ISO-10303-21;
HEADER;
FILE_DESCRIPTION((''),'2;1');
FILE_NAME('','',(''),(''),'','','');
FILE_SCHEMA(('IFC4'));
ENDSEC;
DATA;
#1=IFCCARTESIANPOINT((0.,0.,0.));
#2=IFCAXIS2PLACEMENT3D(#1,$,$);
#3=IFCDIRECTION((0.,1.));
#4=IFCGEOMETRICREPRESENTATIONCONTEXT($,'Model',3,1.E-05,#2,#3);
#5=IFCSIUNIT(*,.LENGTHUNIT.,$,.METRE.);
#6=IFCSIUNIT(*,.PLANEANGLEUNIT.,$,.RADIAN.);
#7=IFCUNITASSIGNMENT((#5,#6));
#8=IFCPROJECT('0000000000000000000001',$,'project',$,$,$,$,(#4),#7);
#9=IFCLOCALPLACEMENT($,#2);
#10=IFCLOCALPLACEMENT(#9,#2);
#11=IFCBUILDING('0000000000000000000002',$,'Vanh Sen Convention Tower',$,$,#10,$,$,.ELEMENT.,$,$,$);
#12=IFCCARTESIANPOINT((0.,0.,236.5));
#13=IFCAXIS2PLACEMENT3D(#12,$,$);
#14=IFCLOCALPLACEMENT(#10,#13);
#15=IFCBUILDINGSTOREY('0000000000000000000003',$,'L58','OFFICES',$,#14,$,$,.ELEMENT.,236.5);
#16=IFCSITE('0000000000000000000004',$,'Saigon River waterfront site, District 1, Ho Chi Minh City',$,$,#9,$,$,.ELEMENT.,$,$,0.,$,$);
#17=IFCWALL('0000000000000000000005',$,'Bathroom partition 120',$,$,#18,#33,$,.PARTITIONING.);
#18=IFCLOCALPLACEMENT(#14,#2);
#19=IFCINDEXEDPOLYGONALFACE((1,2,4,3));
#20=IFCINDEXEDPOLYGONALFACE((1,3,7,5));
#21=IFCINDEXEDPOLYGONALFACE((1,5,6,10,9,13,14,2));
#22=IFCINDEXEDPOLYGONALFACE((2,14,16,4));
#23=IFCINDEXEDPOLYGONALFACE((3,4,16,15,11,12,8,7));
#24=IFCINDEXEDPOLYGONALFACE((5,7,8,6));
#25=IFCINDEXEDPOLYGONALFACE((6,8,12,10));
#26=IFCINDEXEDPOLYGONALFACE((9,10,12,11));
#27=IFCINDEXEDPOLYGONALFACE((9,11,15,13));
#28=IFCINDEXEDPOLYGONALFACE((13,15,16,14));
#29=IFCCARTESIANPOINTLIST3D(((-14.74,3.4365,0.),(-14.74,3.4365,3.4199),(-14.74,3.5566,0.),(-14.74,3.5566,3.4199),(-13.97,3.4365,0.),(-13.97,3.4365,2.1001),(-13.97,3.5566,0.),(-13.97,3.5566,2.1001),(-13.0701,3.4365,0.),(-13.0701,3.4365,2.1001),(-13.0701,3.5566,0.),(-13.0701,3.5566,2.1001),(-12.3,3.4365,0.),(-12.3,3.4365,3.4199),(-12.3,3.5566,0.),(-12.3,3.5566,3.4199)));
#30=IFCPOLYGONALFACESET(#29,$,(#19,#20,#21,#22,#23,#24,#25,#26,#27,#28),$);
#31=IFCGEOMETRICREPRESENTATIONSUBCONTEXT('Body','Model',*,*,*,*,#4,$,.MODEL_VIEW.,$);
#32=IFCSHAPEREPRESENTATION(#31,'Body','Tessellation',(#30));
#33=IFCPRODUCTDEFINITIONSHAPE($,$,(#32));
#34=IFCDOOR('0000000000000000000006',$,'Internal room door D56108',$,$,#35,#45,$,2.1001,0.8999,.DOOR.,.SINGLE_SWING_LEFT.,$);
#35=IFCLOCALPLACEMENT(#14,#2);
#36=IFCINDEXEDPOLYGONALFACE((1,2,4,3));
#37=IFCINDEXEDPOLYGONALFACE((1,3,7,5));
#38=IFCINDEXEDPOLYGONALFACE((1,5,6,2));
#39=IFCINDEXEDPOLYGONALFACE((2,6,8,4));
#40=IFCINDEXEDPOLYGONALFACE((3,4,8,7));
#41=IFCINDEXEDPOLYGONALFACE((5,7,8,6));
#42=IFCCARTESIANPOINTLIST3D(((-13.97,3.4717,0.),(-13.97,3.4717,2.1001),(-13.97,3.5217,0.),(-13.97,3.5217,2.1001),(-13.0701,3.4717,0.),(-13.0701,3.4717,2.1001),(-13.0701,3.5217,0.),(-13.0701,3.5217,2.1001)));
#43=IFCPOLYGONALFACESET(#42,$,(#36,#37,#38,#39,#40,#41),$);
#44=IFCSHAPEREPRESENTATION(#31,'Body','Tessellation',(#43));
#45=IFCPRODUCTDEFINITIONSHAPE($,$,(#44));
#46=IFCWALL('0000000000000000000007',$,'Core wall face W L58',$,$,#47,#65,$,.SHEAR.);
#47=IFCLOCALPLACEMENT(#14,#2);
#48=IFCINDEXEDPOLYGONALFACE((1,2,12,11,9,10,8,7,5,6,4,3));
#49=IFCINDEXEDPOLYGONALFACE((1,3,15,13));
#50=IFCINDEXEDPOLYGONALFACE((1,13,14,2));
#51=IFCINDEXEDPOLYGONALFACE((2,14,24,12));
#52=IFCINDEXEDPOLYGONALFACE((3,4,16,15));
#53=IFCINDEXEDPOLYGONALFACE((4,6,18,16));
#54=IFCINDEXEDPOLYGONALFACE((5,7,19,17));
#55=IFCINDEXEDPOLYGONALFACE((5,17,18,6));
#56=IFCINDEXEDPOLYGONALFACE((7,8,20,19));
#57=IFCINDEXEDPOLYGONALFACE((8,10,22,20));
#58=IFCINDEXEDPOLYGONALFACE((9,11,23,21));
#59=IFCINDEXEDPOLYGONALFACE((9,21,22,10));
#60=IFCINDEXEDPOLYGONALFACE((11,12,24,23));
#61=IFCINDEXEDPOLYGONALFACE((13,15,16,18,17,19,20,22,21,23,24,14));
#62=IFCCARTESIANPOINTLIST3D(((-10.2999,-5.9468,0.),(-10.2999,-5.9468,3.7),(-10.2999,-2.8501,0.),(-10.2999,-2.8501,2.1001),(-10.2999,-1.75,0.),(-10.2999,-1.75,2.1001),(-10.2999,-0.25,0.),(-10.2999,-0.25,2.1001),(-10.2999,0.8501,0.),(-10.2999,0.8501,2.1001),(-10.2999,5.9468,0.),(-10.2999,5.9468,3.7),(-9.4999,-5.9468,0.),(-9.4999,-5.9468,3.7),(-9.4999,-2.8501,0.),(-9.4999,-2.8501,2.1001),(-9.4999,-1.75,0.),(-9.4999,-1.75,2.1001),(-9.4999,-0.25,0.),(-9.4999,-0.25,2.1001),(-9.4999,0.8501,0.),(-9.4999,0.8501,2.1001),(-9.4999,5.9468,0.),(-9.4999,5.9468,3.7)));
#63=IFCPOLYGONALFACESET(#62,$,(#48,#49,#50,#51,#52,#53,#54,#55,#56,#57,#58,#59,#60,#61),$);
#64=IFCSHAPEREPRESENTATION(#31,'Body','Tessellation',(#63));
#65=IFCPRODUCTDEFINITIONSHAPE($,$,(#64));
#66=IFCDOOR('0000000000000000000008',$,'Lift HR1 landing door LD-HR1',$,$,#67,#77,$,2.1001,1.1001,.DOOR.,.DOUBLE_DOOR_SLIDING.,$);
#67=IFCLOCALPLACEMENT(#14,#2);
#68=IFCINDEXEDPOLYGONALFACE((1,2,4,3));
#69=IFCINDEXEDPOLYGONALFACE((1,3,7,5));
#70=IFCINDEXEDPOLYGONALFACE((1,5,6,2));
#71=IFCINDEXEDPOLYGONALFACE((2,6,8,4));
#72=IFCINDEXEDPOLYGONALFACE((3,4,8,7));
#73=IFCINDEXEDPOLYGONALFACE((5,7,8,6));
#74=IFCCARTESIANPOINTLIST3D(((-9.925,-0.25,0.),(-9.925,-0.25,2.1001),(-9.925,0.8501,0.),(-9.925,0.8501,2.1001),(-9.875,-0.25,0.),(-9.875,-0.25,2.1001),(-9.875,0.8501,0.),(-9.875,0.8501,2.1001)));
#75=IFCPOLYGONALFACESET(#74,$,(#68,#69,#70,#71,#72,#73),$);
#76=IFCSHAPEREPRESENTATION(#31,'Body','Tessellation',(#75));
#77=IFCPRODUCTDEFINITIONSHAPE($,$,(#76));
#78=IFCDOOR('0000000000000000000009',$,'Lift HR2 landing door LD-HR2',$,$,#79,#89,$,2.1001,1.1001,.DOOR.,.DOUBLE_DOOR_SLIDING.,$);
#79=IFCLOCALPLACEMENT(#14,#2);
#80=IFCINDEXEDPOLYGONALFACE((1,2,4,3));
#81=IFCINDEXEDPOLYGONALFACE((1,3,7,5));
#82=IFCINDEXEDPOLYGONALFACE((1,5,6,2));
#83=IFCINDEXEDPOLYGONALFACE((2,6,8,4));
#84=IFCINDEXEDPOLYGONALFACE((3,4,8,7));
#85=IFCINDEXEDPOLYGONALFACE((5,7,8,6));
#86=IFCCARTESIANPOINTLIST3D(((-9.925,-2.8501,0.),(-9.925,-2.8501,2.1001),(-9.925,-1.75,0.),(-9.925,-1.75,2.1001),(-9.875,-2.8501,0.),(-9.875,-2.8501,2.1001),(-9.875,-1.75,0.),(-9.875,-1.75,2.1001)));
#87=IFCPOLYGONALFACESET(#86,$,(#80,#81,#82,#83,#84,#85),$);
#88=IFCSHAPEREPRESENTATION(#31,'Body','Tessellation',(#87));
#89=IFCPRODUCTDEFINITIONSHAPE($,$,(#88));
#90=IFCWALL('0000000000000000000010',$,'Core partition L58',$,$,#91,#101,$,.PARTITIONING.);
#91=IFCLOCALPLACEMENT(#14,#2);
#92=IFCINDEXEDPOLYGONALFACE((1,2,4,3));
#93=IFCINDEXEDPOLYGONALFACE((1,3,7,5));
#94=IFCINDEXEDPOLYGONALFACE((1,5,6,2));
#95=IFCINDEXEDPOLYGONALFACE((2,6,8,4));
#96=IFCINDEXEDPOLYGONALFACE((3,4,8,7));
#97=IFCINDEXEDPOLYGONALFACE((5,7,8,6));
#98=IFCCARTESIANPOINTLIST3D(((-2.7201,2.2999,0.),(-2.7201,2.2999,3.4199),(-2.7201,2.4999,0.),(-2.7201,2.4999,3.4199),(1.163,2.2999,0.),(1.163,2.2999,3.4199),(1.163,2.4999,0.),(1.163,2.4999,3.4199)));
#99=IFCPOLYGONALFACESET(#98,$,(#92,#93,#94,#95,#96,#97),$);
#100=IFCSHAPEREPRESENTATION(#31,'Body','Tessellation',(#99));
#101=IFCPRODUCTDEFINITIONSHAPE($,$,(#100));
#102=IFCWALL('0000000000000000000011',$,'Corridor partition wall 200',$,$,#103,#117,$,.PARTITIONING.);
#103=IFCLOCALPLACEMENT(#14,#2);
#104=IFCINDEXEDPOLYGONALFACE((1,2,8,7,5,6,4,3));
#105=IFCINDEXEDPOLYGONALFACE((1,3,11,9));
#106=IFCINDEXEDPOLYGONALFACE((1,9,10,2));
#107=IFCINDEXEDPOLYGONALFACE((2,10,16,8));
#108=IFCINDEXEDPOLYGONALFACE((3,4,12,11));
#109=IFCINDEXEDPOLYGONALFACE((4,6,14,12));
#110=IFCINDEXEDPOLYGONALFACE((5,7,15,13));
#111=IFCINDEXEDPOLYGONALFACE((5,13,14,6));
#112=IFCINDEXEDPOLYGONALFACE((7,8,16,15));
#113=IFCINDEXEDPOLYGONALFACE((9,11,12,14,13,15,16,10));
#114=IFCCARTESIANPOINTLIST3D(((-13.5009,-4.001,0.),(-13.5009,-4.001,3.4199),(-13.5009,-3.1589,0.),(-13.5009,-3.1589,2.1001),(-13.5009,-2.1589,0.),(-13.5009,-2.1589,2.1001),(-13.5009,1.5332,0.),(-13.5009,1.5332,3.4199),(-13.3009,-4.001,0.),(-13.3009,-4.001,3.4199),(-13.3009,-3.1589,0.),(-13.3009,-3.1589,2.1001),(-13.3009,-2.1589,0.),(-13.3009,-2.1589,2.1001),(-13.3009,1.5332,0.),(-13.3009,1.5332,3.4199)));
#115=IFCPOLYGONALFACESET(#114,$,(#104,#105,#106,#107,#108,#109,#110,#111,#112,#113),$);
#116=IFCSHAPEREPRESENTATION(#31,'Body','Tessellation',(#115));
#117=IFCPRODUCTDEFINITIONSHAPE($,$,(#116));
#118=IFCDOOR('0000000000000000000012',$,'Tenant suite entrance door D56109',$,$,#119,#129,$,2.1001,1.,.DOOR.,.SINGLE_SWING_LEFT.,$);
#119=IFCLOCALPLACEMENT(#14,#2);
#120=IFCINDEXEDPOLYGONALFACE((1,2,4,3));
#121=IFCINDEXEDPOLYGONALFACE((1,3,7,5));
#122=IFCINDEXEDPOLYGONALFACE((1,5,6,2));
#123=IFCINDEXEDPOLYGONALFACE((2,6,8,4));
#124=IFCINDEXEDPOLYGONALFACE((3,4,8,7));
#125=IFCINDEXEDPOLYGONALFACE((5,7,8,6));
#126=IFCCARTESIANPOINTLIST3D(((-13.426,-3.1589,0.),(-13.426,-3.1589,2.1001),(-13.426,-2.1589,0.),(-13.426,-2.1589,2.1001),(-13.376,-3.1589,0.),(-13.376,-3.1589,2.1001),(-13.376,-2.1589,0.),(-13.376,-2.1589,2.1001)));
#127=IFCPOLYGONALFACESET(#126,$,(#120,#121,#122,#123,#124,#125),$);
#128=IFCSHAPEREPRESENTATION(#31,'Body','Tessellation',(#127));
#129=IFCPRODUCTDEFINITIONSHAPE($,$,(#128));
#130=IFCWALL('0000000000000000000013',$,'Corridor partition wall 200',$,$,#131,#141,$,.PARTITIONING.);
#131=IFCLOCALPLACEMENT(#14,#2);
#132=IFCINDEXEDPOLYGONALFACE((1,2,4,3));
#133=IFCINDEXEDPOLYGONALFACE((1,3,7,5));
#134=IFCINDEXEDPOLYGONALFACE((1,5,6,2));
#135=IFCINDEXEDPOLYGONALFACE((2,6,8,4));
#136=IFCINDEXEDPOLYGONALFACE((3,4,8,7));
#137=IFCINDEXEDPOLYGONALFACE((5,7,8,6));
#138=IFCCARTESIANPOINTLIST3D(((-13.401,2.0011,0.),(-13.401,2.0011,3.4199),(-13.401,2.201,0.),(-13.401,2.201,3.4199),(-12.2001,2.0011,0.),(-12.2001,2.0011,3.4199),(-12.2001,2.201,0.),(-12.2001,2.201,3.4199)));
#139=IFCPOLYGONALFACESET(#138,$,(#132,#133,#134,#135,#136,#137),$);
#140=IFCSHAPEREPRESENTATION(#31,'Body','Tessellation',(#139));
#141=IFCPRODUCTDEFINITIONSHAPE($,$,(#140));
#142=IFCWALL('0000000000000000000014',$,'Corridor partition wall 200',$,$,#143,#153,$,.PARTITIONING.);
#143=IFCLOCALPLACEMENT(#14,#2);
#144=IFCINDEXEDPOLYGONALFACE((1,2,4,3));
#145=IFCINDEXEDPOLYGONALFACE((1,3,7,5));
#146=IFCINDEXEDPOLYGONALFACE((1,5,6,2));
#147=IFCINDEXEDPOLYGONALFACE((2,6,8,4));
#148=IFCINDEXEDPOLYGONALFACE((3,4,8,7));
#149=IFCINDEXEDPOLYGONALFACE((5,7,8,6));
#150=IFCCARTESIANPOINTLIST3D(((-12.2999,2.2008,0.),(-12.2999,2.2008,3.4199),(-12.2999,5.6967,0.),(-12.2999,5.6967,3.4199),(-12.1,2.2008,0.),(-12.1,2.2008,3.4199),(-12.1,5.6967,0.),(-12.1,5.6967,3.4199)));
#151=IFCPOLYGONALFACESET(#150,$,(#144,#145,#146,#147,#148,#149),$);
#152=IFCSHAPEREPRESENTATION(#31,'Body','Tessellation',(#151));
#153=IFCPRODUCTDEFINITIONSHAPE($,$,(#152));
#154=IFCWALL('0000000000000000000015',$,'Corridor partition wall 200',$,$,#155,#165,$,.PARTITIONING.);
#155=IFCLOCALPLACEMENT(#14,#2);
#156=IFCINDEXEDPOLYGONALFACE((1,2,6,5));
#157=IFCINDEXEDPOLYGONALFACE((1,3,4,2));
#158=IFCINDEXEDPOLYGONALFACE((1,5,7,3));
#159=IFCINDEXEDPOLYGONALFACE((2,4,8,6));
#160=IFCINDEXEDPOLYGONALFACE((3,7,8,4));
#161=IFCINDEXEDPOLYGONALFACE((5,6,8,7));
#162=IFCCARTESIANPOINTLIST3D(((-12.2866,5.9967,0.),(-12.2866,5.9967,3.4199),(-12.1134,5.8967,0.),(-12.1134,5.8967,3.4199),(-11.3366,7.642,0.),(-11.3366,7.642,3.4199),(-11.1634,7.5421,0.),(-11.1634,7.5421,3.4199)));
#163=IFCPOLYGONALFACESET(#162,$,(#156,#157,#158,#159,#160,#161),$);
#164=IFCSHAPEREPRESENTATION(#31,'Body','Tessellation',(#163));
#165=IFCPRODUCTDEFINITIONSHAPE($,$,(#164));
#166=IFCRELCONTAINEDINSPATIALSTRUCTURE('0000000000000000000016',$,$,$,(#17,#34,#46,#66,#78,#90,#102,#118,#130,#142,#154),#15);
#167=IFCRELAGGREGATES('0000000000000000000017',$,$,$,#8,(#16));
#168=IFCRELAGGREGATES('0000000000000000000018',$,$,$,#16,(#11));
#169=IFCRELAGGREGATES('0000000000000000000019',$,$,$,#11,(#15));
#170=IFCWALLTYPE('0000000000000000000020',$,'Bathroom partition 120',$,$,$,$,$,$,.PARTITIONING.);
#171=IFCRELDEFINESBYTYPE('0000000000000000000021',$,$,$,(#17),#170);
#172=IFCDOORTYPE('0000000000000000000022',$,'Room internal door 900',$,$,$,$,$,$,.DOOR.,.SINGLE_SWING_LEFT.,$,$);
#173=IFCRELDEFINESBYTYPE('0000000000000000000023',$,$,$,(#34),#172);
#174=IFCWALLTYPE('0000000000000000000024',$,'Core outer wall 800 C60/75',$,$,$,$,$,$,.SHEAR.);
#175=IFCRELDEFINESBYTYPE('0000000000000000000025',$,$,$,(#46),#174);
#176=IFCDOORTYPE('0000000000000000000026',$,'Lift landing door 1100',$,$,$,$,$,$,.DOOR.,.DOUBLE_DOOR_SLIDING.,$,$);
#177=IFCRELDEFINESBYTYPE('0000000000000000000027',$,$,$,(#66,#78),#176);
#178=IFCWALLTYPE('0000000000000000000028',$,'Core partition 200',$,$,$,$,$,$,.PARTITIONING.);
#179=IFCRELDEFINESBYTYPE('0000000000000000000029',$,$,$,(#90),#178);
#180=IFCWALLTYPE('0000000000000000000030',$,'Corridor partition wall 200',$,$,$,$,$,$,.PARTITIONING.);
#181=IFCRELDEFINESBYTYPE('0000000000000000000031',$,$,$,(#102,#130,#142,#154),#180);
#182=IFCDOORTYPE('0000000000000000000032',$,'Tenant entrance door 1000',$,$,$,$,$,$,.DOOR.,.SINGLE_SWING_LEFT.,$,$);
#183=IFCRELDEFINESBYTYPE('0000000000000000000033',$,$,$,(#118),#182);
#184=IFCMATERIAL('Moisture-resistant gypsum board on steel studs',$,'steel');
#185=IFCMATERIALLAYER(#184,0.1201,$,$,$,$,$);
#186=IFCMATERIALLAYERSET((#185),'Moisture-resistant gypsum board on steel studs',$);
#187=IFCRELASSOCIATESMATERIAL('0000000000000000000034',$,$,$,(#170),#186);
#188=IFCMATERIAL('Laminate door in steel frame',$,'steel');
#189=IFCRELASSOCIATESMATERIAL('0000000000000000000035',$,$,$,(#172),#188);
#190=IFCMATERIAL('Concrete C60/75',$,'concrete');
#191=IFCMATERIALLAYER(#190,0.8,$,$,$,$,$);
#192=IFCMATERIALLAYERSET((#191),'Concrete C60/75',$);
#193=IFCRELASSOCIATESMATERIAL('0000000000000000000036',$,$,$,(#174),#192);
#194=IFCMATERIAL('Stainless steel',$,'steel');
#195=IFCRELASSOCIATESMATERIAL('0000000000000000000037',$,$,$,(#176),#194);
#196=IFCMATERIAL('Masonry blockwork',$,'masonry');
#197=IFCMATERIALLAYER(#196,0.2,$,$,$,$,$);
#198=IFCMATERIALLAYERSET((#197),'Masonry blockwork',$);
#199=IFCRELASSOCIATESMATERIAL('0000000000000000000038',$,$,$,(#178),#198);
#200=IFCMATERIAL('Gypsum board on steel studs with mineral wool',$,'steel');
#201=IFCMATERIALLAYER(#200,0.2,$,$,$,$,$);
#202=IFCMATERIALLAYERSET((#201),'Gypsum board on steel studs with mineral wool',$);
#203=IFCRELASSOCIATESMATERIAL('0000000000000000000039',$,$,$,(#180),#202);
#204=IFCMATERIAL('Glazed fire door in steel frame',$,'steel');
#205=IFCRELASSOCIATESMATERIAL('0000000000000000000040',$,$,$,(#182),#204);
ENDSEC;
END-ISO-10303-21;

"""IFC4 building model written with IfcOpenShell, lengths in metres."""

from ifc_helpers import new_model, si_unit, direction, frame, frame_2d, origin, place, context, subcontext, project, spatial, rectangle, extrude, material, layer, layer_set, type_object, element, fill, save


model = new_model("IFC4")

# Units and contexts
model_context = context("Model", 3, precision=1e-05, world=origin(), true_north=direction((0.0, 1.0)))
body_context = subcontext(model_context, "Body", "Model", "MODEL_VIEW")
ifc_project = project(units=[si_unit("LENGTHUNIT", "METRE"), si_unit("PLANEANGLEUNIT", "RADIAN")], contexts=[model_context])

# Site, building, storey
site_placement = place(None, origin())
site = spatial("IfcSite", under=ifc_project, at=site_placement, Name="Saigon River waterfront site, District 1, Ho Chi Minh City", CompositionType="ELEMENT", RefElevation=0.0)
building_placement = place(site_placement, origin())
building = spatial("IfcBuilding", under=site, at=building_placement, Name="Vanh Sen Convention Tower", CompositionType="ELEMENT")
storey_placement = place(building_placement, frame((0.0, 0.0, 236.5)))
storey = spatial("IfcBuildingStorey", under=building, at=storey_placement, Name="L58", Description="OFFICES", CompositionType="ELEMENT", Elevation=236.5)

# Wall, opening, door
ifc_material_1 = material(Name="Moisture-resistant gypsum board on steel studs", Category="steel")
ifc_layer_1 = layer(ifc_material_1, 0.1201)
ifc_layer_set_1 = layer_set([ifc_layer_1], Name="Moisture-resistant gypsum board on steel studs")
wall_type_1 = type_object("IfcWallType", Name="Bathroom partition 120", PredefinedType="PARTITIONING", material=ifc_layer_set_1)
wall_1_placement = place(storey_placement, frame((-12.3, 3.4966, 0.0), z_axis=(0.0, 0.0, 1.0), x_axis=(-1.0, 0.0, 0.0)))
wall_1 = element("IfcWall", 1, at=wall_1_placement, inside=storey, type_object=wall_type_1, Name="Bathroom partition 120", PredefinedType="PARTITIONING", context=body_context, shape_type="SweptSolid", body=[
    extrude(rectangle(XDim=2.4399, YDim=0.1201, at=frame_2d((1.22, 0.0))), origin(), (0.0, 0.0, 1.0), 3.4199),
])
opening_1_placement = place(wall_1_placement, frame((0.77, 0.0, 0.0)))
opening_1 = element("IfcOpeningElement", 2, at=opening_1_placement, cuts=wall_1, PredefinedType="OPENING", context=body_context, shape_type="SweptSolid", body=[
    extrude(rectangle(XDim=0.8999, YDim=2.1001, at=frame_2d((0.45, 1.05))), frame((0.0, 0.0701, 0.0), z_axis=(0.0, -1.0, 0.0), x_axis=(1.0, 0.0, 0.0)), (0.0, 0.0, 1.0), 0.1401),
])
ifc_material_2 = material(Name="Laminate door in steel frame", Category="steel")
door_type_1 = type_object("IfcDoorType", Name="Room internal door 900", OperationType="SINGLE_SWING_LEFT", PredefinedType="DOOR", material=ifc_material_2)
door_1_placement = place(opening_1_placement, origin())
door_1 = element("IfcDoor", 3, at=door_1_placement, inside=storey, type_object=door_type_1, Name="Internal room door D56108", OperationType="SINGLE_SWING_LEFT", OverallHeight=2.1001, OverallWidth=0.8999, PredefinedType="DOOR", context=body_context, shape_type="SweptSolid", body=[
    extrude(rectangle(XDim=0.8999, YDim=2.1001, at=frame_2d((0.45, 1.05))), frame((0.0, 0.0249, 0.0), z_axis=(0.0, -1.0, 0.0), x_axis=(1.0, 0.0, 0.0)), (0.0, 0.0, 1.0), 0.05),
])
fill(opening_1, door_1)

# Wall, openings, doors
ifc_material_3 = material(Name="Concrete C60/75", Category="concrete")
ifc_layer_2 = layer(ifc_material_3, 0.8)
ifc_layer_set_2 = layer_set([ifc_layer_2], Name="Concrete C60/75")
wall_type_2 = type_object("IfcWallType", Name="Core outer wall 800 C60/75", PredefinedType="SHEAR", material=ifc_layer_set_2)
wall_2_placement = place(storey_placement, frame((-9.8999, 5.9468, 0.0), z_axis=(0.0, 0.0, 1.0), x_axis=(0.0, -1.0, 0.0)))
wall_2 = element("IfcWall", 4, at=wall_2_placement, inside=storey, type_object=wall_type_2, Name="Core wall face W L58", PredefinedType="SHEAR", context=body_context, shape_type="SweptSolid", body=[
    extrude(rectangle(XDim=11.8936, YDim=0.8, at=frame_2d((5.9468, 0.0))), origin(), (0.0, 0.0, 1.0), 3.7),
])
opening_2_placement = place(wall_2_placement, frame((5.0967, 0.0, 0.0)))
opening_2 = element("IfcOpeningElement", 5, at=opening_2_placement, cuts=wall_2, PredefinedType="OPENING", context=body_context, shape_type="SweptSolid", body=[
    extrude(rectangle(XDim=1.1001, YDim=2.1001, at=frame_2d((0.55, 1.05))), frame((0.0, 0.4099, 0.0), z_axis=(0.0, -1.0, 0.0), x_axis=(1.0, 0.0, 0.0)), (0.0, 0.0, 1.0), 0.8201),
])
opening_3_placement = place(wall_2_placement, frame((7.6968, 0.0, 0.0)))
opening_3 = element("IfcOpeningElement", 6, at=opening_3_placement, cuts=wall_2, PredefinedType="OPENING", context=body_context, shape_type="SweptSolid", body=[
    extrude(rectangle(XDim=1.1001, YDim=2.1001, at=frame_2d((0.55, 1.05))), frame((0.0, 0.4099, 0.0), z_axis=(0.0, -1.0, 0.0), x_axis=(1.0, 0.0, 0.0)), (0.0, 0.0, 1.0), 0.8201),
])
ifc_material_4 = material(Name="Stainless steel", Category="steel")
door_type_2 = type_object("IfcDoorType", Name="Lift landing door 1100", OperationType="DOUBLE_DOOR_SLIDING", PredefinedType="DOOR", material=ifc_material_4)
door_2_placement = place(opening_2_placement, origin())
door_2 = element("IfcDoor", 7, at=door_2_placement, inside=storey, type_object=door_type_2, Name="Lift HR1 landing door LD-HR1", OperationType="DOUBLE_DOOR_SLIDING", OverallHeight=2.1001, OverallWidth=1.1001, PredefinedType="DOOR", context=body_context, shape_type="SweptSolid", body=[
    extrude(rectangle(XDim=1.1001, YDim=2.1001, at=frame_2d((0.55, 1.05))), frame((0.0, 0.0249, 0.0), z_axis=(0.0, -1.0, 0.0), x_axis=(1.0, 0.0, 0.0)), (0.0, 0.0, 1.0), 0.05),
])
fill(opening_2, door_2)
door_3_placement = place(opening_3_placement, origin())
door_3 = element("IfcDoor", 8, at=door_3_placement, inside=storey, type_object=door_type_2, Name="Lift HR2 landing door LD-HR2", OperationType="DOUBLE_DOOR_SLIDING", OverallHeight=2.1001, OverallWidth=1.1001, PredefinedType="DOOR", context=body_context, shape_type="SweptSolid", body=[
    extrude(rectangle(XDim=1.1001, YDim=2.1001, at=frame_2d((0.55, 1.05))), frame((0.0, 0.0249, 0.0), z_axis=(0.0, -1.0, 0.0), x_axis=(1.0, 0.0, 0.0)), (0.0, 0.0, 1.0), 0.05),
])
fill(opening_3, door_3)

# Wall
ifc_material_5 = material(Name="Masonry blockwork", Category="masonry")
ifc_layer_3 = layer(ifc_material_5, 0.2)
ifc_layer_set_3 = layer_set([ifc_layer_3], Name="Masonry blockwork")
wall_type_3 = type_object("IfcWallType", Name="Core partition 200", PredefinedType="PARTITIONING", material=ifc_layer_set_3)
wall_3_placement = place(storey_placement, frame((-2.72, 2.3999, 0.0), z_axis=(0.0, 0.0, 1.0), x_axis=(1.0, 0.0, 0.0)))
element("IfcWall", 9, at=wall_3_placement, inside=storey, type_object=wall_type_3, Name="Core partition L58", PredefinedType="PARTITIONING", context=body_context, shape_type="SweptSolid", body=[
    extrude(rectangle(XDim=3.8831, YDim=0.2, at=frame_2d((1.9414, 0.0))), origin(), (0.0, 0.0, 1.0), 3.4199),
])

# Wall, opening, door
ifc_material_6 = material(Name="Gypsum board on steel studs with mineral wool", Category="steel")
ifc_layer_4 = layer(ifc_material_6, 0.2)
ifc_layer_set_4 = layer_set([ifc_layer_4], Name="Gypsum board on steel studs with mineral wool")
wall_type_4 = type_object("IfcWallType", Name="Corridor partition wall 200", PredefinedType="PARTITIONING", material=ifc_layer_set_4)
wall_4_placement = place(storey_placement, frame((-13.4009, 1.5332, 0.0), z_axis=(0.0, 0.0, 1.0), x_axis=(0.0, -1.0, 0.0)))
wall_4 = element("IfcWall", 10, at=wall_4_placement, inside=storey, type_object=wall_type_4, Name="Corridor partition wall 200", PredefinedType="PARTITIONING", context=body_context, shape_type="SweptSolid", body=[
    extrude(rectangle(XDim=5.5342, YDim=0.2, at=frame_2d((2.7671, 0.0))), origin(), (0.0, 0.0, 1.0), 3.4199),
])
opening_4_placement = place(wall_4_placement, frame((3.6921, 0.0, 0.0)))
opening_4 = element("IfcOpeningElement", 11, at=opening_4_placement, cuts=wall_4, PredefinedType="OPENING", context=body_context, shape_type="SweptSolid", body=[
    extrude(rectangle(XDim=1.0, YDim=2.1001, at=frame_2d((0.5, 1.05))), frame((0.0, 0.1099, 0.0), z_axis=(0.0, -1.0, 0.0), x_axis=(1.0, 0.0, 0.0)), (0.0, 0.0, 1.0), 0.22),
])
ifc_material_7 = material(Name="Glazed fire door in steel frame", Category="steel")
door_type_3 = type_object("IfcDoorType", Name="Tenant entrance door 1000", OperationType="SINGLE_SWING_LEFT", PredefinedType="DOOR", material=ifc_material_7)
door_4_placement = place(opening_4_placement, origin())
door_4 = element("IfcDoor", 12, at=door_4_placement, inside=storey, type_object=door_type_3, Name="Tenant suite entrance door D56109", OperationType="SINGLE_SWING_LEFT", OverallHeight=2.1001, OverallWidth=1.0, PredefinedType="DOOR", context=body_context, shape_type="SweptSolid", body=[
    extrude(rectangle(XDim=1.0, YDim=2.1001, at=frame_2d((0.5, 1.05))), frame((0.0, 0.0249, 0.0), z_axis=(0.0, -1.0, 0.0), x_axis=(1.0, 0.0, 0.0)), (0.0, 0.0, 1.0), 0.05),
])
fill(opening_4, door_4)

# Walls
wall_5_placement = place(storey_placement, frame((-12.2, 2.1011, 0.0), z_axis=(0.0, 0.0, 1.0), x_axis=(-1.0, 0.0, 0.0)))
element("IfcWall", 13, at=wall_5_placement, inside=storey, type_object=wall_type_4, Name="Corridor partition wall 200", PredefinedType="PARTITIONING", context=body_context, shape_type="SweptSolid", body=[
    extrude(rectangle(XDim=1.2009, YDim=0.2, at=frame_2d((0.6006, 0.0))), origin(), (0.0, 0.0, 1.0), 3.4199),
])
wall_6_placement = place(storey_placement, frame((-12.2, 5.6968, 0.0), z_axis=(0.0, 0.0, 1.0), x_axis=(0.0, -1.0, 0.0)))
element("IfcWall", 14, at=wall_6_placement, inside=storey, type_object=wall_type_4, Name="Corridor partition wall 200", PredefinedType="PARTITIONING", context=body_context, shape_type="SweptSolid", body=[
    extrude(rectangle(XDim=3.4958, YDim=0.2, at=frame_2d((1.748, 0.0))), origin(), (0.0, 0.0, 1.0), 3.4199),
])
wall_7_placement = place(storey_placement, frame((-11.25, 7.592, 0.0), z_axis=(0.0, 0.0, 1.0), x_axis=(-0.500023, -0.866012, 0.0)))
element("IfcWall", 15, at=wall_7_placement, inside=storey, type_object=wall_type_4, Name="Corridor partition wall 200", PredefinedType="PARTITIONING", context=body_context, shape_type="SweptSolid", body=[
    extrude(rectangle(XDim=1.8999, YDim=0.2, at=frame_2d((0.95, 0.0))), origin(), (0.0, 0.0, 1.0), 3.4199),
])

save(model, "model.ifc")
